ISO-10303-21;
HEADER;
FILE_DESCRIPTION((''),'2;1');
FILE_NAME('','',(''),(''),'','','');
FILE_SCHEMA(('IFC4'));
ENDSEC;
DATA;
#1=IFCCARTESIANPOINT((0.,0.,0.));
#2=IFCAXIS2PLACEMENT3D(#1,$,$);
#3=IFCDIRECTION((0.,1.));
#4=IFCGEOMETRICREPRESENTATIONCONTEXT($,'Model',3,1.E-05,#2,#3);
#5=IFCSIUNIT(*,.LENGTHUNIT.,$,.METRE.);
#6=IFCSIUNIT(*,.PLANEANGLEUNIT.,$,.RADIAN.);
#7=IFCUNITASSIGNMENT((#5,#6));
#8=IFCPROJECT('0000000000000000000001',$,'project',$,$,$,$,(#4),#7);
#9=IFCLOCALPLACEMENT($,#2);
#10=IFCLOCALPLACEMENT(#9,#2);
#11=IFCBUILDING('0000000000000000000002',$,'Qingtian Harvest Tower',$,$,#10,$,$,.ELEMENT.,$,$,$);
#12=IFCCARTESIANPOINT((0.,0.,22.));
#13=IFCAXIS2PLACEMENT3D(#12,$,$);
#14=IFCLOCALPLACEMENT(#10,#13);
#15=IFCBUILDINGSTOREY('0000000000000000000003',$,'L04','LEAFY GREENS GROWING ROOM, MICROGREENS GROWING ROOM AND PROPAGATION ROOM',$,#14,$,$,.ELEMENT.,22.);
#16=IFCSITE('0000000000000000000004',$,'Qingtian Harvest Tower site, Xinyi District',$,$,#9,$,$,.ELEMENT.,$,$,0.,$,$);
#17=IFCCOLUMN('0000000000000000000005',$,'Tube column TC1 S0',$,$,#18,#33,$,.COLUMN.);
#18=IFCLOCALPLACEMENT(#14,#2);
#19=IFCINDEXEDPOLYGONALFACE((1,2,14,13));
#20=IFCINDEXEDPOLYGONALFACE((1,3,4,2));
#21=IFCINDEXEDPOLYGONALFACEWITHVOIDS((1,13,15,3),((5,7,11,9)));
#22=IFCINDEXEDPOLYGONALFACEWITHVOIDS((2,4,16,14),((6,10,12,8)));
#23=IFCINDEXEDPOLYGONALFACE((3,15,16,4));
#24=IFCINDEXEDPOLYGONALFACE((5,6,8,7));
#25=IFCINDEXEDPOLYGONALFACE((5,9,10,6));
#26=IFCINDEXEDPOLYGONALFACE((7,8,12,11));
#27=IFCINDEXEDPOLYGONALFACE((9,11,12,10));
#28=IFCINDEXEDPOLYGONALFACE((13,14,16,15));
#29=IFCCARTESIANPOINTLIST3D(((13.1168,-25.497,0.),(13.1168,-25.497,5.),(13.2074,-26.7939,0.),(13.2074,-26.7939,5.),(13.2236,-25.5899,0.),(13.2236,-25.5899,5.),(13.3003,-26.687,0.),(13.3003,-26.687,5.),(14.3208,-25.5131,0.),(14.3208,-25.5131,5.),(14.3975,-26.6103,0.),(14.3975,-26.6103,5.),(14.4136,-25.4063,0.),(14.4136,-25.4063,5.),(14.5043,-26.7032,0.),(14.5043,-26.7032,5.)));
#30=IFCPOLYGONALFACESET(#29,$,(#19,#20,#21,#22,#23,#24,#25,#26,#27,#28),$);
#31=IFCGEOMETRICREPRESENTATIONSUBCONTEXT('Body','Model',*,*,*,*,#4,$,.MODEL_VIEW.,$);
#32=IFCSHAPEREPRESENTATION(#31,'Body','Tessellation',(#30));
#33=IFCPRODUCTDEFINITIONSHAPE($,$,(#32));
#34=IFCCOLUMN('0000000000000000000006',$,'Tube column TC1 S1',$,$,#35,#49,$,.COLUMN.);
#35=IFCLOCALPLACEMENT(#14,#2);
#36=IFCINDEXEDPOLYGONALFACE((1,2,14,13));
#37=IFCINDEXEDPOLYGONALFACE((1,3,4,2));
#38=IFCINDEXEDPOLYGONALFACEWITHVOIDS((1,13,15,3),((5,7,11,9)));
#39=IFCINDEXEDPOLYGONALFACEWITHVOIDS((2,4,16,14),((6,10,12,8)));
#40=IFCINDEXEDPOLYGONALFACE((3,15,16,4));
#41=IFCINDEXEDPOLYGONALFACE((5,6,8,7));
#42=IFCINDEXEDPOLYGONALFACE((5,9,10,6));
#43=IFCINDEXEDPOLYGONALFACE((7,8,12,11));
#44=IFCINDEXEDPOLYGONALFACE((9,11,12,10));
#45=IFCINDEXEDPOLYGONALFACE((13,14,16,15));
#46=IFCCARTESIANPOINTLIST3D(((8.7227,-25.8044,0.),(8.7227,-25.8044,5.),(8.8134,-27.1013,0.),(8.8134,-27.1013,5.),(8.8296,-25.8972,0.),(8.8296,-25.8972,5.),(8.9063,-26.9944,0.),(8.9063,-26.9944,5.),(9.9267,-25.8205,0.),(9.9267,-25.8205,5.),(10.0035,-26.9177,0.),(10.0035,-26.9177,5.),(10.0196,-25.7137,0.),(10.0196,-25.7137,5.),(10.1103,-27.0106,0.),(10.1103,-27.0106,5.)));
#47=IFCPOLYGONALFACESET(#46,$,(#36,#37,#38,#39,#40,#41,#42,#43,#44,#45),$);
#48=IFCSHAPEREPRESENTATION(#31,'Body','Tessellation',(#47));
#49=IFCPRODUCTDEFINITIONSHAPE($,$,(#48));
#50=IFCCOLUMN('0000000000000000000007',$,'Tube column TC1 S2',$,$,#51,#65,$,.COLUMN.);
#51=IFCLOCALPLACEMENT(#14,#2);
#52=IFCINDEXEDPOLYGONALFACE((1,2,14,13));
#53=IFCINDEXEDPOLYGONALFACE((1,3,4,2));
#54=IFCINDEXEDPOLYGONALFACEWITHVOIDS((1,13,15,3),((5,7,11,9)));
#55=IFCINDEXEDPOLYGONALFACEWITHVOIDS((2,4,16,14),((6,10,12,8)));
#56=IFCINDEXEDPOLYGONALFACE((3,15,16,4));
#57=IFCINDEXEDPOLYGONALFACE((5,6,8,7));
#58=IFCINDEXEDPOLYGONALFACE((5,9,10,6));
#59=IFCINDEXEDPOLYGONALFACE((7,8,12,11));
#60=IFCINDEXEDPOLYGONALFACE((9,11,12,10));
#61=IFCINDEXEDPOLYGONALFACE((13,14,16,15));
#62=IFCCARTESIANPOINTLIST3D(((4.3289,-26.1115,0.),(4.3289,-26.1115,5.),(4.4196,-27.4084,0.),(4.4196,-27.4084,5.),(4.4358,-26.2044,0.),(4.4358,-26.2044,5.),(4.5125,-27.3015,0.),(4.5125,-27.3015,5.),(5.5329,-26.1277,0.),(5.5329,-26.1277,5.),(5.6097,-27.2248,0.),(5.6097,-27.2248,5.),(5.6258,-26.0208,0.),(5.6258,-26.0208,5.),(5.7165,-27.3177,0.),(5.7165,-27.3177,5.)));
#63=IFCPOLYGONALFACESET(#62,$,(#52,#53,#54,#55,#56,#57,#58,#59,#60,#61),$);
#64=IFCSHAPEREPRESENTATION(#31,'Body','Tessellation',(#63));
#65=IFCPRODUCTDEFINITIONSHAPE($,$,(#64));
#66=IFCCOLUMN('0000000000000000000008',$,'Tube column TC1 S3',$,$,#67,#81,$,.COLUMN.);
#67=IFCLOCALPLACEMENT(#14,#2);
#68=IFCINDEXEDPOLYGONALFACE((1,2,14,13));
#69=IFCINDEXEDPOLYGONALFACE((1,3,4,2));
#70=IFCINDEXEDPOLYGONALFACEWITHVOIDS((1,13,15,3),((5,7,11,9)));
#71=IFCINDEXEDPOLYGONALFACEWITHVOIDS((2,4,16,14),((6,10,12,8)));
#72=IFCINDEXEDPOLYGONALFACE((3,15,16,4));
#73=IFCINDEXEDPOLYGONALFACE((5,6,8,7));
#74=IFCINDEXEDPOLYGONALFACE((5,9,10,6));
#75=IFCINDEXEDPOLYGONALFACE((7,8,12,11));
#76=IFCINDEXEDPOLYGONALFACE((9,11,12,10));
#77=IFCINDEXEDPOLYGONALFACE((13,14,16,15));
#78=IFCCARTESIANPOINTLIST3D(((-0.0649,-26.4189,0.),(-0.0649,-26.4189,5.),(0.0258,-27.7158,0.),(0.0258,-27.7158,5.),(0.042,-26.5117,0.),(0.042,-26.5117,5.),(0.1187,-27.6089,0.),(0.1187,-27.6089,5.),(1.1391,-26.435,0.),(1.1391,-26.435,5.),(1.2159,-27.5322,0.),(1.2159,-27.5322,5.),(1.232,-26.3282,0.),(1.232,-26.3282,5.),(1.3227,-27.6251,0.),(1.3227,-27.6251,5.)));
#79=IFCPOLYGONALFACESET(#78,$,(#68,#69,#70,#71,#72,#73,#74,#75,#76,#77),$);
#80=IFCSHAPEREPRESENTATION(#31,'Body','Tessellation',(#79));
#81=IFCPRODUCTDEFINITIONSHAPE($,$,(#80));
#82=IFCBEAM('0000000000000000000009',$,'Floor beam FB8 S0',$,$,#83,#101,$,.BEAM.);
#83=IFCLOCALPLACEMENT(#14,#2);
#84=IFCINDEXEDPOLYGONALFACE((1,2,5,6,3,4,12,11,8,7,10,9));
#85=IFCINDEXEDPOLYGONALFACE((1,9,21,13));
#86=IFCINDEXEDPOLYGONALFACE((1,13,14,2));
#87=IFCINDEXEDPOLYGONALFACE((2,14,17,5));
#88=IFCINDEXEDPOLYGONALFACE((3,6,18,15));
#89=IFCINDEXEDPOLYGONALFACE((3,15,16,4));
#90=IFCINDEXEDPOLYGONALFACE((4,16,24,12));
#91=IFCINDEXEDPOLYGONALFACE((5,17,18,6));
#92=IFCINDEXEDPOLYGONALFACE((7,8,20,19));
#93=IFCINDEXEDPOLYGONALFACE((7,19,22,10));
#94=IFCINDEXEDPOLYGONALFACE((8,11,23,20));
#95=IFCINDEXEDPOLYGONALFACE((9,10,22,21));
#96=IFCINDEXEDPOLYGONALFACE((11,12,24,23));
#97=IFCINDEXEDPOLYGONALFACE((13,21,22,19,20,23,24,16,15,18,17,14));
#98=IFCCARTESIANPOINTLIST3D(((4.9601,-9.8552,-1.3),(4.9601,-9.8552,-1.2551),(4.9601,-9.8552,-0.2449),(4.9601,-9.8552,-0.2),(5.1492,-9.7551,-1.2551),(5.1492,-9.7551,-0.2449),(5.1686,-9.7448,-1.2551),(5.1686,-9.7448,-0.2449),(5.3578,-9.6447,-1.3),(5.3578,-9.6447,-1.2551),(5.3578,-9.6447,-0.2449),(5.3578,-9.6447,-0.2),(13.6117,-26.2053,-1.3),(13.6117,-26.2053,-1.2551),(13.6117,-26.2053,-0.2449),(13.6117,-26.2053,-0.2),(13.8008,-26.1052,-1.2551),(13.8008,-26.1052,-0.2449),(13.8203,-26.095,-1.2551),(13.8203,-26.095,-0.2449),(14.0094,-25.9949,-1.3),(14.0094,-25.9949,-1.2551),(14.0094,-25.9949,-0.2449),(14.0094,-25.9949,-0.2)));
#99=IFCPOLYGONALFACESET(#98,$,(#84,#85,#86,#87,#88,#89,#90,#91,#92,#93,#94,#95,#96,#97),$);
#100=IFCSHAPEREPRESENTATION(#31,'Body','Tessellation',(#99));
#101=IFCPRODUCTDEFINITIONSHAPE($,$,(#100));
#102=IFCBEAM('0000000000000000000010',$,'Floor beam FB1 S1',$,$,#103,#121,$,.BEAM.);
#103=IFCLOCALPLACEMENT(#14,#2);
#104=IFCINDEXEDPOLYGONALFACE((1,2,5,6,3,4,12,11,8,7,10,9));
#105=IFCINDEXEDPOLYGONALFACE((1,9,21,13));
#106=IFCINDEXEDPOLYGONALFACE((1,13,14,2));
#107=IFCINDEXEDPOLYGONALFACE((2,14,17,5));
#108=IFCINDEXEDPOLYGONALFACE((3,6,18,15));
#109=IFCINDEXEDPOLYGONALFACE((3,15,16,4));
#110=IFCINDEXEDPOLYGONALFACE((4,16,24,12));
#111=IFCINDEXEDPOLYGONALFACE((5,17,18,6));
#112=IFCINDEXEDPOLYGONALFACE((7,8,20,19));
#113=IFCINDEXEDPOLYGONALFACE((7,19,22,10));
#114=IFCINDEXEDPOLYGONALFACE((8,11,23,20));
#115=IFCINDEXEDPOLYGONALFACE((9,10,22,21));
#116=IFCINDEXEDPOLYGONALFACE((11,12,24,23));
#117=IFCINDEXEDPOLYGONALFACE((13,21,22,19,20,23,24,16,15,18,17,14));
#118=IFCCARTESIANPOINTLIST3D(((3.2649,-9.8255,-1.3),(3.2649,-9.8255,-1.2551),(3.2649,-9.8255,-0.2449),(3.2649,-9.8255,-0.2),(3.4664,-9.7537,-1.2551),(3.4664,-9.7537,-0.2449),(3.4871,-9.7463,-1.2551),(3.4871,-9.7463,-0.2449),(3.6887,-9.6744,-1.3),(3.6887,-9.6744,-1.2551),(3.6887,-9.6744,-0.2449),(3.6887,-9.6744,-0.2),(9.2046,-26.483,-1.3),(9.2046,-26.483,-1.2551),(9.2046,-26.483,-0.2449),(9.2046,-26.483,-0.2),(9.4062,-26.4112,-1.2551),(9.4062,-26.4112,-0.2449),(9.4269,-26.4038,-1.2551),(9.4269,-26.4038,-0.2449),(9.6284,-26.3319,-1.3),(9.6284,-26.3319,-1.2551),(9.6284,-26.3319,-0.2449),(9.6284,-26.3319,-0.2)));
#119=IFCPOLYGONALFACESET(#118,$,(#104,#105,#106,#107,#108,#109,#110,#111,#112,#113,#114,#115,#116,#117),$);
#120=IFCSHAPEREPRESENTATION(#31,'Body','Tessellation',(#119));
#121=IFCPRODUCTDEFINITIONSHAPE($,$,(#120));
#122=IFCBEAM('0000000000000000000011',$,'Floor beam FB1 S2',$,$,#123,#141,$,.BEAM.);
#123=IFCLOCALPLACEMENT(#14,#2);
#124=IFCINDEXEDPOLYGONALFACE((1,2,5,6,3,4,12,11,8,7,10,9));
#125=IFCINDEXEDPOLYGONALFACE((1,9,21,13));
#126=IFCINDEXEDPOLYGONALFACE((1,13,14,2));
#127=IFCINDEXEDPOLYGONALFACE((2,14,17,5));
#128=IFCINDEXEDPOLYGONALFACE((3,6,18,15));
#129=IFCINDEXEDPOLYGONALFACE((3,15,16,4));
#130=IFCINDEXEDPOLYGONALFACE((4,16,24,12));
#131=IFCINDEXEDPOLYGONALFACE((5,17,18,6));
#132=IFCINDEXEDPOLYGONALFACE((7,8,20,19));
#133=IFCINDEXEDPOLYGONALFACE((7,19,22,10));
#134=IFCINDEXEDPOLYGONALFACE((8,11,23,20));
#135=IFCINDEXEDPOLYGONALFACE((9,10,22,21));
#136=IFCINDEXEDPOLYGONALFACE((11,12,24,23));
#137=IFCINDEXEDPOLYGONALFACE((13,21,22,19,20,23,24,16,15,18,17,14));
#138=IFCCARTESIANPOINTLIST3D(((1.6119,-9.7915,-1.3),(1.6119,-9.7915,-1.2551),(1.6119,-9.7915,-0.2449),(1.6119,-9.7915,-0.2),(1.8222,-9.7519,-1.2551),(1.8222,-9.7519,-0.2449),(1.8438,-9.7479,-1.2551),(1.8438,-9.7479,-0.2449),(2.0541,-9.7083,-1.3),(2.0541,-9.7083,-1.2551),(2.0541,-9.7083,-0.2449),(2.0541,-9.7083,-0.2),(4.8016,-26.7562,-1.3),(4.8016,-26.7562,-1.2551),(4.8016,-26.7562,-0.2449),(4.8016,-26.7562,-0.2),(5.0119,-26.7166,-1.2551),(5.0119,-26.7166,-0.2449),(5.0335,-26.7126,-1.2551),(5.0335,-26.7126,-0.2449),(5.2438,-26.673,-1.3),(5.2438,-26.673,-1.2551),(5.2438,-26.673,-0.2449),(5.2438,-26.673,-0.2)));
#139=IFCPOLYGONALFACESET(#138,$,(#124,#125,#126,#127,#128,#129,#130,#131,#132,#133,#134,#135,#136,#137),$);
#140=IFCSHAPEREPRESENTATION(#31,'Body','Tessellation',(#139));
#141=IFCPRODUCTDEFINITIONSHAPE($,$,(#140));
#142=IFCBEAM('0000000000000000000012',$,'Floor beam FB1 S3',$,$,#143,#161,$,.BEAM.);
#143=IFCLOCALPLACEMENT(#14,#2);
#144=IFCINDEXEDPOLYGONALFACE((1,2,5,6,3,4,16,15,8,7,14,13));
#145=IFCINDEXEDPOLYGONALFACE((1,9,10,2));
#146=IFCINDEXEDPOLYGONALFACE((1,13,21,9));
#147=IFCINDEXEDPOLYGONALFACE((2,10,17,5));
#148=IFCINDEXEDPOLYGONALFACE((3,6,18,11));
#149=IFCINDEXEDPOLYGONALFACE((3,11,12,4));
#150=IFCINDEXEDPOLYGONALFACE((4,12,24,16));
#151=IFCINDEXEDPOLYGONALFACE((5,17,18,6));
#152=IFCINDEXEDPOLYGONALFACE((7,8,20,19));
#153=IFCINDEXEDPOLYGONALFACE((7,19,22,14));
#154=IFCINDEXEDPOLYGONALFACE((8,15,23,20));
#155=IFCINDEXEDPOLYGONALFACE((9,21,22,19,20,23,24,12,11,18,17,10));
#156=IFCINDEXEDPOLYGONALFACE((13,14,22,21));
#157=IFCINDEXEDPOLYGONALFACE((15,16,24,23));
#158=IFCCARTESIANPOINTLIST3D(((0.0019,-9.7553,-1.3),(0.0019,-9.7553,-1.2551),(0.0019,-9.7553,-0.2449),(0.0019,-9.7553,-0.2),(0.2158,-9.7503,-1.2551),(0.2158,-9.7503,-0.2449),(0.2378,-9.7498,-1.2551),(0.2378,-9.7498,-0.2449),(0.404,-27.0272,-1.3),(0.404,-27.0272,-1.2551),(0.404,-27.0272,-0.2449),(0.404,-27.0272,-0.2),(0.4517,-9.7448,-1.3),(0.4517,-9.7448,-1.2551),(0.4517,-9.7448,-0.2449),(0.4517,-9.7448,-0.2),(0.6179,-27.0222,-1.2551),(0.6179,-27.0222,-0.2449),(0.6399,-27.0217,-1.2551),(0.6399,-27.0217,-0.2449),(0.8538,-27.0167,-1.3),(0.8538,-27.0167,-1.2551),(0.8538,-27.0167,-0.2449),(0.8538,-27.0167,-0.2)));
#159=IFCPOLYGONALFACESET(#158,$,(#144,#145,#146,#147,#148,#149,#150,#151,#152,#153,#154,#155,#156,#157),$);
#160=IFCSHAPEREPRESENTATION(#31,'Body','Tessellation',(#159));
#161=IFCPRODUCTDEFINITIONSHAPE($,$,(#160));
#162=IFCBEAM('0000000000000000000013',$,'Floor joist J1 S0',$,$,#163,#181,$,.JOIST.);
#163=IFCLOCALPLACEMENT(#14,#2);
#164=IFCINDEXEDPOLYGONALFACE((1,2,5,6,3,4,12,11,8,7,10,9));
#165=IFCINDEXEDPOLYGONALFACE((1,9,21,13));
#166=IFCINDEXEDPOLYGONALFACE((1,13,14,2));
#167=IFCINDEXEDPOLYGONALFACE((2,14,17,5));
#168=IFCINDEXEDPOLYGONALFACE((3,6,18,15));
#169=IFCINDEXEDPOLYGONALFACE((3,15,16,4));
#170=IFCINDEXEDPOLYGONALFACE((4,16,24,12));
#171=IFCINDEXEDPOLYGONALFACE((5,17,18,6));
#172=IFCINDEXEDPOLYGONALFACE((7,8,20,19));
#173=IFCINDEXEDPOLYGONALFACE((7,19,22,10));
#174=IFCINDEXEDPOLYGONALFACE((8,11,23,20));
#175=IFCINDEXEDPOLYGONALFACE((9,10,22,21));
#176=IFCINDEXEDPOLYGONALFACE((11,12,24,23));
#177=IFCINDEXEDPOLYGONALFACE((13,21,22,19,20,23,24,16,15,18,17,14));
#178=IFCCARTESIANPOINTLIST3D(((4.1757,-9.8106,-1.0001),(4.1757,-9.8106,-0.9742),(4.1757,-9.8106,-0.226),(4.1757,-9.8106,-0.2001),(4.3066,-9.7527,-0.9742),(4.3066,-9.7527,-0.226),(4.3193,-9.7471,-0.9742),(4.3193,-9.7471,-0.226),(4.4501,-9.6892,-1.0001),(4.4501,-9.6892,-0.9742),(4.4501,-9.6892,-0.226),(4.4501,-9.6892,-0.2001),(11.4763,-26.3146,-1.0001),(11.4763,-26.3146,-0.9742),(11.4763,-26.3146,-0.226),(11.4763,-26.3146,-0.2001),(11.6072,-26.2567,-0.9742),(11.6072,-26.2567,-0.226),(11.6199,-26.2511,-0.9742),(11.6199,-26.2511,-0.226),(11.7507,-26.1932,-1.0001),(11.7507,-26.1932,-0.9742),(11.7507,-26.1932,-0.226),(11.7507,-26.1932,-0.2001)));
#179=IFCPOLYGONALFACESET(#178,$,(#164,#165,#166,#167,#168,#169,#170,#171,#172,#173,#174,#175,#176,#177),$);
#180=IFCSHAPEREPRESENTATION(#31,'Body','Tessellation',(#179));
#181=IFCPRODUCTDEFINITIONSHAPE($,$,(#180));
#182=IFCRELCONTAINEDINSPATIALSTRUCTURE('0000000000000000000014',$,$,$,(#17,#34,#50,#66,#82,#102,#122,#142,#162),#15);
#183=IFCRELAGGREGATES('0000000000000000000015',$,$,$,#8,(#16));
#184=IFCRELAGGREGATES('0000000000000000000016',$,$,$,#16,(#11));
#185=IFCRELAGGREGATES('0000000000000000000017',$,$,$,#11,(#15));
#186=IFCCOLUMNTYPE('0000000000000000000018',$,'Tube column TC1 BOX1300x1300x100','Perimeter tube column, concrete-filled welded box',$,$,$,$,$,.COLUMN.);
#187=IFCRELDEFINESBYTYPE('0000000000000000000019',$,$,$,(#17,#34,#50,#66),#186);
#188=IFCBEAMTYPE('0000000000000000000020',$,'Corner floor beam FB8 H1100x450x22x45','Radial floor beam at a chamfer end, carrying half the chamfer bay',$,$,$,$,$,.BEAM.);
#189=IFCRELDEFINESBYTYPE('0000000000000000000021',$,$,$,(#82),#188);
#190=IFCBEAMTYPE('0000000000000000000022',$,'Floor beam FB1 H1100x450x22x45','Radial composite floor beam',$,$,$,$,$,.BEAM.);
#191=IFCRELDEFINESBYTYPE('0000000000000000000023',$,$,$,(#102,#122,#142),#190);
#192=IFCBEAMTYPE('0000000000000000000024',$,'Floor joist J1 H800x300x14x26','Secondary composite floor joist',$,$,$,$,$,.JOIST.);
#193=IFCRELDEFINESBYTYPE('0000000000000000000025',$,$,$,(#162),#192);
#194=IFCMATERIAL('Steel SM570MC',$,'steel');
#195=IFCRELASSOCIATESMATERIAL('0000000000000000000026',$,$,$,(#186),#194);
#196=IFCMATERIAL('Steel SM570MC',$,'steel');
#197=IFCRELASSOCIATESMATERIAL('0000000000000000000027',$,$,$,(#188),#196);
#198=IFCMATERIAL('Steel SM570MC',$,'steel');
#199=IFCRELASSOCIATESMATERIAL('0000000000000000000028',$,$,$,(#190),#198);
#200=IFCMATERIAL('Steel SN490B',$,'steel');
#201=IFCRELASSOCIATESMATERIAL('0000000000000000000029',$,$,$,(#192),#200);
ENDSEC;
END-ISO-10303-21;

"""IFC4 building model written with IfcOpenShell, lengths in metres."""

from ifc_helpers import new_model, si_unit, direction, frame, origin, origin_2d, place, context, subcontext, project, spatial, hollow_rectangle, i_section, extrude, material, material_profile, profile_set, type_object, element, save


model = new_model("IFC4")

# Units and contexts
model_context = context("Model", 3, precision=1e-05, world=origin(), true_north=direction((0.0, 1.0)))
body_context = subcontext(model_context, "Body", "Model", "MODEL_VIEW")
ifc_project = project(units=[si_unit("LENGTHUNIT", "METRE"), si_unit("PLANEANGLEUNIT", "RADIAN")], contexts=[model_context])

# Site, building, storey
site_placement = place(None, origin())
site = spatial("IfcSite", under=ifc_project, at=site_placement, Name="Qingtian Harvest Tower site, Xinyi District", CompositionType="ELEMENT", RefElevation=0.0)
building_placement = place(site_placement, origin())
building = spatial("IfcBuilding", under=site, at=building_placement, Name="Qingtian Harvest Tower", CompositionType="ELEMENT")
storey_placement = place(building_placement, frame((0.0, 0.0, 22.0)))
storey = spatial("IfcBuildingStorey", under=building, at=storey_placement, Name="L04", Description="LEAFY GREENS GROWING ROOM, MICROGREENS GROWING ROOM AND PROPAGATION ROOM", CompositionType="ELEMENT", Elevation=22.0)

# Columns
ifc_material_1 = material(Name="Steel SM570MC", Category="steel")
ifc_material_profile_1 = material_profile(ifc_material_1, hollow_rectangle(XDim=1.3, YDim=1.3, WallThickness=0.1001, at=origin_2d()), Name="BOX1300x1300x100")
ifc_profile_set_1 = profile_set([ifc_material_profile_1], Name="Steel SM570MC")
column_type = type_object("IfcColumnType", Name="Tube column TC1 BOX1300x1300x100", Description="Perimeter tube column, concrete-filled welded box", PredefinedType="COLUMN", material=ifc_profile_set_1)
for number, where, z_axis, x_axis, name in (
    (1, (13.8105, -26.1001, 0.0), (0.0, 0.0, 1.0), (0.997564, 0.069756, 0.0), "Tube column TC1 S0"),
    (2, (9.4165, -26.4075, 0.0), (0.0, 0.0, 1.0), (0.997564, 0.069756, 0.0), "Tube column TC1 S1"),
    (3, (5.0227, -26.7146, 0.0), (0.0, 0.0, 1.0), (0.997564, 0.069756, 0.0), "Tube column TC1 S2"),
    (4, (0.6289, -27.022, 0.0), (0.0, 0.0, 1.0), (0.997564, 0.069756, 0.0), "Tube column TC1 S3"),
):
    element("IfcColumn", number, at=place(storey_placement, frame(where, z_axis=z_axis, x_axis=x_axis)), inside=storey, type_object=column_type, Name=name, PredefinedType="COLUMN", context=body_context, shape_type="SweptSolid", body=[
        extrude(hollow_rectangle(XDim=1.3, YDim=1.3, WallThickness=0.1001, at=origin_2d()), origin(), (0.0, 0.0, 1.0), 5.0),
    ])

# Beams
ifc_material_2 = material(Name="Steel SM570MC", Category="steel")
ifc_material_profile_2 = material_profile(ifc_material_2, i_section(OverallWidth=0.45, OverallDepth=1.1001, WebThickness=0.022, FlangeThickness=0.0449, at=origin_2d()), Name="H1100x450x22x45")
ifc_profile_set_2 = profile_set([ifc_material_profile_2], Name="Steel SM570MC")
beam_type_1 = type_object("IfcBeamType", Name="Corner floor beam FB8 H1100x450x22x45", Description="Radial floor beam at a chamfer end, carrying half the chamfer bay", PredefinedType="BEAM", material=ifc_profile_set_2)
beam_1_placement = place(storey_placement, frame((13.8105, -26.1001, -0.75), z_axis=(-0.467705, 0.883885, 0.0), x_axis=(-0.883885, -0.467705, 0.0)))
element("IfcBeam", 5, at=beam_1_placement, inside=storey, type_object=beam_type_1, Name="Floor beam FB8 S0", PredefinedType="BEAM", context=body_context, shape_type="SweptSolid", body=[
    extrude(i_section(OverallWidth=0.45, OverallDepth=1.1001, WebThickness=0.022, FlangeThickness=0.0449, at=origin_2d()), origin(), (0.0, 0.0, 1.0), 18.498),
])
ifc_material_3 = material(Name="Steel SM570MC", Category="steel")
ifc_material_profile_3 = material_profile(ifc_material_3, i_section(OverallWidth=0.45, OverallDepth=1.1001, WebThickness=0.022, FlangeThickness=0.0449, at=origin_2d()), Name="H1100x450x22x45")
ifc_profile_set_3 = profile_set([ifc_material_profile_3], Name="Steel SM570MC")
beam_type_2 = type_object("IfcBeamType", Name="Floor beam FB1 H1100x450x22x45", Description="Radial composite floor beam", PredefinedType="BEAM", material=ifc_profile_set_3)
beam_2_placement = place(storey_placement, frame((9.4165, -26.4075, -0.75), z_axis=(-0.335865, 0.94191, 0.0), x_axis=(-0.94191, -0.335865, 0.0)))
element("IfcBeam", 6, at=beam_2_placement, inside=storey, type_object=beam_type_2, Name="Floor beam FB1 S1", PredefinedType="BEAM", context=body_context, shape_type="SweptSolid", body=[
    extrude(i_section(OverallWidth=0.45, OverallDepth=1.1001, WebThickness=0.022, FlangeThickness=0.0449, at=origin_2d()), origin(), (0.0, 0.0, 1.0), 17.6848),
])
beam_3_placement = place(storey_placement, frame((5.0227, -26.7146, -0.75), z_axis=(-0.184783, 0.982779, 0.0), x_axis=(-0.982779, -0.184783, 0.0)))
element("IfcBeam", 7, at=beam_3_placement, inside=storey, type_object=beam_type_2, Name="Floor beam FB1 S2", PredefinedType="BEAM", context=body_context, shape_type="SweptSolid", body=[
    extrude(i_section(OverallWidth=0.45, OverallDepth=1.1001, WebThickness=0.022, FlangeThickness=0.0449, at=origin_2d()), origin(), (0.0, 0.0, 1.0), 17.262),
])
beam_4_placement = place(storey_placement, frame((0.6289, -27.022, -0.75), z_axis=(-0.023274, 0.999729, 0.0), x_axis=(-0.999729, -0.023274, 0.0)))
element("IfcBeam", 8, at=beam_4_placement, inside=storey, type_object=beam_type_2, Name="Floor beam FB1 S3", PredefinedType="BEAM", context=body_context, shape_type="SweptSolid", body=[
    extrude(i_section(OverallWidth=0.45, OverallDepth=1.1001, WebThickness=0.022, FlangeThickness=0.0449, at=origin_2d()), origin(), (0.0, 0.0, 1.0), 17.2766),
])
ifc_material_4 = material(Name="Steel SN490B", Category="steel")
ifc_material_profile_4 = material_profile(ifc_material_4, i_section(OverallWidth=0.3, OverallDepth=0.8, WebThickness=0.0139, FlangeThickness=0.0259, at=origin_2d()), Name="H800x300x14x26")
ifc_profile_set_4 = profile_set([ifc_material_profile_4], Name="Steel SN490B")
beam_type_3 = type_object("IfcBeamType", Name="Floor joist J1 H800x300x14x26", Description="Secondary composite floor joist", PredefinedType="JOIST", material=ifc_profile_set_4)
beam_5_placement = place(storey_placement, frame((11.6135, -26.2539, -0.6001), z_axis=(-0.40454, 0.91452, 0.0), x_axis=(-0.91452, -0.40454, 0.0)))
element("IfcBeam", 9, at=beam_5_placement, inside=storey, type_object=beam_type_3, Name="Floor joist J1 S0", PredefinedType="JOIST", context=body_context, shape_type="SweptSolid", body=[
    extrude(i_section(OverallWidth=0.3, OverallDepth=0.8, WebThickness=0.0139, FlangeThickness=0.0259, at=origin_2d()), origin(), (0.0, 0.0, 1.0), 18.0466),
])

save(model, "model.ifc")
